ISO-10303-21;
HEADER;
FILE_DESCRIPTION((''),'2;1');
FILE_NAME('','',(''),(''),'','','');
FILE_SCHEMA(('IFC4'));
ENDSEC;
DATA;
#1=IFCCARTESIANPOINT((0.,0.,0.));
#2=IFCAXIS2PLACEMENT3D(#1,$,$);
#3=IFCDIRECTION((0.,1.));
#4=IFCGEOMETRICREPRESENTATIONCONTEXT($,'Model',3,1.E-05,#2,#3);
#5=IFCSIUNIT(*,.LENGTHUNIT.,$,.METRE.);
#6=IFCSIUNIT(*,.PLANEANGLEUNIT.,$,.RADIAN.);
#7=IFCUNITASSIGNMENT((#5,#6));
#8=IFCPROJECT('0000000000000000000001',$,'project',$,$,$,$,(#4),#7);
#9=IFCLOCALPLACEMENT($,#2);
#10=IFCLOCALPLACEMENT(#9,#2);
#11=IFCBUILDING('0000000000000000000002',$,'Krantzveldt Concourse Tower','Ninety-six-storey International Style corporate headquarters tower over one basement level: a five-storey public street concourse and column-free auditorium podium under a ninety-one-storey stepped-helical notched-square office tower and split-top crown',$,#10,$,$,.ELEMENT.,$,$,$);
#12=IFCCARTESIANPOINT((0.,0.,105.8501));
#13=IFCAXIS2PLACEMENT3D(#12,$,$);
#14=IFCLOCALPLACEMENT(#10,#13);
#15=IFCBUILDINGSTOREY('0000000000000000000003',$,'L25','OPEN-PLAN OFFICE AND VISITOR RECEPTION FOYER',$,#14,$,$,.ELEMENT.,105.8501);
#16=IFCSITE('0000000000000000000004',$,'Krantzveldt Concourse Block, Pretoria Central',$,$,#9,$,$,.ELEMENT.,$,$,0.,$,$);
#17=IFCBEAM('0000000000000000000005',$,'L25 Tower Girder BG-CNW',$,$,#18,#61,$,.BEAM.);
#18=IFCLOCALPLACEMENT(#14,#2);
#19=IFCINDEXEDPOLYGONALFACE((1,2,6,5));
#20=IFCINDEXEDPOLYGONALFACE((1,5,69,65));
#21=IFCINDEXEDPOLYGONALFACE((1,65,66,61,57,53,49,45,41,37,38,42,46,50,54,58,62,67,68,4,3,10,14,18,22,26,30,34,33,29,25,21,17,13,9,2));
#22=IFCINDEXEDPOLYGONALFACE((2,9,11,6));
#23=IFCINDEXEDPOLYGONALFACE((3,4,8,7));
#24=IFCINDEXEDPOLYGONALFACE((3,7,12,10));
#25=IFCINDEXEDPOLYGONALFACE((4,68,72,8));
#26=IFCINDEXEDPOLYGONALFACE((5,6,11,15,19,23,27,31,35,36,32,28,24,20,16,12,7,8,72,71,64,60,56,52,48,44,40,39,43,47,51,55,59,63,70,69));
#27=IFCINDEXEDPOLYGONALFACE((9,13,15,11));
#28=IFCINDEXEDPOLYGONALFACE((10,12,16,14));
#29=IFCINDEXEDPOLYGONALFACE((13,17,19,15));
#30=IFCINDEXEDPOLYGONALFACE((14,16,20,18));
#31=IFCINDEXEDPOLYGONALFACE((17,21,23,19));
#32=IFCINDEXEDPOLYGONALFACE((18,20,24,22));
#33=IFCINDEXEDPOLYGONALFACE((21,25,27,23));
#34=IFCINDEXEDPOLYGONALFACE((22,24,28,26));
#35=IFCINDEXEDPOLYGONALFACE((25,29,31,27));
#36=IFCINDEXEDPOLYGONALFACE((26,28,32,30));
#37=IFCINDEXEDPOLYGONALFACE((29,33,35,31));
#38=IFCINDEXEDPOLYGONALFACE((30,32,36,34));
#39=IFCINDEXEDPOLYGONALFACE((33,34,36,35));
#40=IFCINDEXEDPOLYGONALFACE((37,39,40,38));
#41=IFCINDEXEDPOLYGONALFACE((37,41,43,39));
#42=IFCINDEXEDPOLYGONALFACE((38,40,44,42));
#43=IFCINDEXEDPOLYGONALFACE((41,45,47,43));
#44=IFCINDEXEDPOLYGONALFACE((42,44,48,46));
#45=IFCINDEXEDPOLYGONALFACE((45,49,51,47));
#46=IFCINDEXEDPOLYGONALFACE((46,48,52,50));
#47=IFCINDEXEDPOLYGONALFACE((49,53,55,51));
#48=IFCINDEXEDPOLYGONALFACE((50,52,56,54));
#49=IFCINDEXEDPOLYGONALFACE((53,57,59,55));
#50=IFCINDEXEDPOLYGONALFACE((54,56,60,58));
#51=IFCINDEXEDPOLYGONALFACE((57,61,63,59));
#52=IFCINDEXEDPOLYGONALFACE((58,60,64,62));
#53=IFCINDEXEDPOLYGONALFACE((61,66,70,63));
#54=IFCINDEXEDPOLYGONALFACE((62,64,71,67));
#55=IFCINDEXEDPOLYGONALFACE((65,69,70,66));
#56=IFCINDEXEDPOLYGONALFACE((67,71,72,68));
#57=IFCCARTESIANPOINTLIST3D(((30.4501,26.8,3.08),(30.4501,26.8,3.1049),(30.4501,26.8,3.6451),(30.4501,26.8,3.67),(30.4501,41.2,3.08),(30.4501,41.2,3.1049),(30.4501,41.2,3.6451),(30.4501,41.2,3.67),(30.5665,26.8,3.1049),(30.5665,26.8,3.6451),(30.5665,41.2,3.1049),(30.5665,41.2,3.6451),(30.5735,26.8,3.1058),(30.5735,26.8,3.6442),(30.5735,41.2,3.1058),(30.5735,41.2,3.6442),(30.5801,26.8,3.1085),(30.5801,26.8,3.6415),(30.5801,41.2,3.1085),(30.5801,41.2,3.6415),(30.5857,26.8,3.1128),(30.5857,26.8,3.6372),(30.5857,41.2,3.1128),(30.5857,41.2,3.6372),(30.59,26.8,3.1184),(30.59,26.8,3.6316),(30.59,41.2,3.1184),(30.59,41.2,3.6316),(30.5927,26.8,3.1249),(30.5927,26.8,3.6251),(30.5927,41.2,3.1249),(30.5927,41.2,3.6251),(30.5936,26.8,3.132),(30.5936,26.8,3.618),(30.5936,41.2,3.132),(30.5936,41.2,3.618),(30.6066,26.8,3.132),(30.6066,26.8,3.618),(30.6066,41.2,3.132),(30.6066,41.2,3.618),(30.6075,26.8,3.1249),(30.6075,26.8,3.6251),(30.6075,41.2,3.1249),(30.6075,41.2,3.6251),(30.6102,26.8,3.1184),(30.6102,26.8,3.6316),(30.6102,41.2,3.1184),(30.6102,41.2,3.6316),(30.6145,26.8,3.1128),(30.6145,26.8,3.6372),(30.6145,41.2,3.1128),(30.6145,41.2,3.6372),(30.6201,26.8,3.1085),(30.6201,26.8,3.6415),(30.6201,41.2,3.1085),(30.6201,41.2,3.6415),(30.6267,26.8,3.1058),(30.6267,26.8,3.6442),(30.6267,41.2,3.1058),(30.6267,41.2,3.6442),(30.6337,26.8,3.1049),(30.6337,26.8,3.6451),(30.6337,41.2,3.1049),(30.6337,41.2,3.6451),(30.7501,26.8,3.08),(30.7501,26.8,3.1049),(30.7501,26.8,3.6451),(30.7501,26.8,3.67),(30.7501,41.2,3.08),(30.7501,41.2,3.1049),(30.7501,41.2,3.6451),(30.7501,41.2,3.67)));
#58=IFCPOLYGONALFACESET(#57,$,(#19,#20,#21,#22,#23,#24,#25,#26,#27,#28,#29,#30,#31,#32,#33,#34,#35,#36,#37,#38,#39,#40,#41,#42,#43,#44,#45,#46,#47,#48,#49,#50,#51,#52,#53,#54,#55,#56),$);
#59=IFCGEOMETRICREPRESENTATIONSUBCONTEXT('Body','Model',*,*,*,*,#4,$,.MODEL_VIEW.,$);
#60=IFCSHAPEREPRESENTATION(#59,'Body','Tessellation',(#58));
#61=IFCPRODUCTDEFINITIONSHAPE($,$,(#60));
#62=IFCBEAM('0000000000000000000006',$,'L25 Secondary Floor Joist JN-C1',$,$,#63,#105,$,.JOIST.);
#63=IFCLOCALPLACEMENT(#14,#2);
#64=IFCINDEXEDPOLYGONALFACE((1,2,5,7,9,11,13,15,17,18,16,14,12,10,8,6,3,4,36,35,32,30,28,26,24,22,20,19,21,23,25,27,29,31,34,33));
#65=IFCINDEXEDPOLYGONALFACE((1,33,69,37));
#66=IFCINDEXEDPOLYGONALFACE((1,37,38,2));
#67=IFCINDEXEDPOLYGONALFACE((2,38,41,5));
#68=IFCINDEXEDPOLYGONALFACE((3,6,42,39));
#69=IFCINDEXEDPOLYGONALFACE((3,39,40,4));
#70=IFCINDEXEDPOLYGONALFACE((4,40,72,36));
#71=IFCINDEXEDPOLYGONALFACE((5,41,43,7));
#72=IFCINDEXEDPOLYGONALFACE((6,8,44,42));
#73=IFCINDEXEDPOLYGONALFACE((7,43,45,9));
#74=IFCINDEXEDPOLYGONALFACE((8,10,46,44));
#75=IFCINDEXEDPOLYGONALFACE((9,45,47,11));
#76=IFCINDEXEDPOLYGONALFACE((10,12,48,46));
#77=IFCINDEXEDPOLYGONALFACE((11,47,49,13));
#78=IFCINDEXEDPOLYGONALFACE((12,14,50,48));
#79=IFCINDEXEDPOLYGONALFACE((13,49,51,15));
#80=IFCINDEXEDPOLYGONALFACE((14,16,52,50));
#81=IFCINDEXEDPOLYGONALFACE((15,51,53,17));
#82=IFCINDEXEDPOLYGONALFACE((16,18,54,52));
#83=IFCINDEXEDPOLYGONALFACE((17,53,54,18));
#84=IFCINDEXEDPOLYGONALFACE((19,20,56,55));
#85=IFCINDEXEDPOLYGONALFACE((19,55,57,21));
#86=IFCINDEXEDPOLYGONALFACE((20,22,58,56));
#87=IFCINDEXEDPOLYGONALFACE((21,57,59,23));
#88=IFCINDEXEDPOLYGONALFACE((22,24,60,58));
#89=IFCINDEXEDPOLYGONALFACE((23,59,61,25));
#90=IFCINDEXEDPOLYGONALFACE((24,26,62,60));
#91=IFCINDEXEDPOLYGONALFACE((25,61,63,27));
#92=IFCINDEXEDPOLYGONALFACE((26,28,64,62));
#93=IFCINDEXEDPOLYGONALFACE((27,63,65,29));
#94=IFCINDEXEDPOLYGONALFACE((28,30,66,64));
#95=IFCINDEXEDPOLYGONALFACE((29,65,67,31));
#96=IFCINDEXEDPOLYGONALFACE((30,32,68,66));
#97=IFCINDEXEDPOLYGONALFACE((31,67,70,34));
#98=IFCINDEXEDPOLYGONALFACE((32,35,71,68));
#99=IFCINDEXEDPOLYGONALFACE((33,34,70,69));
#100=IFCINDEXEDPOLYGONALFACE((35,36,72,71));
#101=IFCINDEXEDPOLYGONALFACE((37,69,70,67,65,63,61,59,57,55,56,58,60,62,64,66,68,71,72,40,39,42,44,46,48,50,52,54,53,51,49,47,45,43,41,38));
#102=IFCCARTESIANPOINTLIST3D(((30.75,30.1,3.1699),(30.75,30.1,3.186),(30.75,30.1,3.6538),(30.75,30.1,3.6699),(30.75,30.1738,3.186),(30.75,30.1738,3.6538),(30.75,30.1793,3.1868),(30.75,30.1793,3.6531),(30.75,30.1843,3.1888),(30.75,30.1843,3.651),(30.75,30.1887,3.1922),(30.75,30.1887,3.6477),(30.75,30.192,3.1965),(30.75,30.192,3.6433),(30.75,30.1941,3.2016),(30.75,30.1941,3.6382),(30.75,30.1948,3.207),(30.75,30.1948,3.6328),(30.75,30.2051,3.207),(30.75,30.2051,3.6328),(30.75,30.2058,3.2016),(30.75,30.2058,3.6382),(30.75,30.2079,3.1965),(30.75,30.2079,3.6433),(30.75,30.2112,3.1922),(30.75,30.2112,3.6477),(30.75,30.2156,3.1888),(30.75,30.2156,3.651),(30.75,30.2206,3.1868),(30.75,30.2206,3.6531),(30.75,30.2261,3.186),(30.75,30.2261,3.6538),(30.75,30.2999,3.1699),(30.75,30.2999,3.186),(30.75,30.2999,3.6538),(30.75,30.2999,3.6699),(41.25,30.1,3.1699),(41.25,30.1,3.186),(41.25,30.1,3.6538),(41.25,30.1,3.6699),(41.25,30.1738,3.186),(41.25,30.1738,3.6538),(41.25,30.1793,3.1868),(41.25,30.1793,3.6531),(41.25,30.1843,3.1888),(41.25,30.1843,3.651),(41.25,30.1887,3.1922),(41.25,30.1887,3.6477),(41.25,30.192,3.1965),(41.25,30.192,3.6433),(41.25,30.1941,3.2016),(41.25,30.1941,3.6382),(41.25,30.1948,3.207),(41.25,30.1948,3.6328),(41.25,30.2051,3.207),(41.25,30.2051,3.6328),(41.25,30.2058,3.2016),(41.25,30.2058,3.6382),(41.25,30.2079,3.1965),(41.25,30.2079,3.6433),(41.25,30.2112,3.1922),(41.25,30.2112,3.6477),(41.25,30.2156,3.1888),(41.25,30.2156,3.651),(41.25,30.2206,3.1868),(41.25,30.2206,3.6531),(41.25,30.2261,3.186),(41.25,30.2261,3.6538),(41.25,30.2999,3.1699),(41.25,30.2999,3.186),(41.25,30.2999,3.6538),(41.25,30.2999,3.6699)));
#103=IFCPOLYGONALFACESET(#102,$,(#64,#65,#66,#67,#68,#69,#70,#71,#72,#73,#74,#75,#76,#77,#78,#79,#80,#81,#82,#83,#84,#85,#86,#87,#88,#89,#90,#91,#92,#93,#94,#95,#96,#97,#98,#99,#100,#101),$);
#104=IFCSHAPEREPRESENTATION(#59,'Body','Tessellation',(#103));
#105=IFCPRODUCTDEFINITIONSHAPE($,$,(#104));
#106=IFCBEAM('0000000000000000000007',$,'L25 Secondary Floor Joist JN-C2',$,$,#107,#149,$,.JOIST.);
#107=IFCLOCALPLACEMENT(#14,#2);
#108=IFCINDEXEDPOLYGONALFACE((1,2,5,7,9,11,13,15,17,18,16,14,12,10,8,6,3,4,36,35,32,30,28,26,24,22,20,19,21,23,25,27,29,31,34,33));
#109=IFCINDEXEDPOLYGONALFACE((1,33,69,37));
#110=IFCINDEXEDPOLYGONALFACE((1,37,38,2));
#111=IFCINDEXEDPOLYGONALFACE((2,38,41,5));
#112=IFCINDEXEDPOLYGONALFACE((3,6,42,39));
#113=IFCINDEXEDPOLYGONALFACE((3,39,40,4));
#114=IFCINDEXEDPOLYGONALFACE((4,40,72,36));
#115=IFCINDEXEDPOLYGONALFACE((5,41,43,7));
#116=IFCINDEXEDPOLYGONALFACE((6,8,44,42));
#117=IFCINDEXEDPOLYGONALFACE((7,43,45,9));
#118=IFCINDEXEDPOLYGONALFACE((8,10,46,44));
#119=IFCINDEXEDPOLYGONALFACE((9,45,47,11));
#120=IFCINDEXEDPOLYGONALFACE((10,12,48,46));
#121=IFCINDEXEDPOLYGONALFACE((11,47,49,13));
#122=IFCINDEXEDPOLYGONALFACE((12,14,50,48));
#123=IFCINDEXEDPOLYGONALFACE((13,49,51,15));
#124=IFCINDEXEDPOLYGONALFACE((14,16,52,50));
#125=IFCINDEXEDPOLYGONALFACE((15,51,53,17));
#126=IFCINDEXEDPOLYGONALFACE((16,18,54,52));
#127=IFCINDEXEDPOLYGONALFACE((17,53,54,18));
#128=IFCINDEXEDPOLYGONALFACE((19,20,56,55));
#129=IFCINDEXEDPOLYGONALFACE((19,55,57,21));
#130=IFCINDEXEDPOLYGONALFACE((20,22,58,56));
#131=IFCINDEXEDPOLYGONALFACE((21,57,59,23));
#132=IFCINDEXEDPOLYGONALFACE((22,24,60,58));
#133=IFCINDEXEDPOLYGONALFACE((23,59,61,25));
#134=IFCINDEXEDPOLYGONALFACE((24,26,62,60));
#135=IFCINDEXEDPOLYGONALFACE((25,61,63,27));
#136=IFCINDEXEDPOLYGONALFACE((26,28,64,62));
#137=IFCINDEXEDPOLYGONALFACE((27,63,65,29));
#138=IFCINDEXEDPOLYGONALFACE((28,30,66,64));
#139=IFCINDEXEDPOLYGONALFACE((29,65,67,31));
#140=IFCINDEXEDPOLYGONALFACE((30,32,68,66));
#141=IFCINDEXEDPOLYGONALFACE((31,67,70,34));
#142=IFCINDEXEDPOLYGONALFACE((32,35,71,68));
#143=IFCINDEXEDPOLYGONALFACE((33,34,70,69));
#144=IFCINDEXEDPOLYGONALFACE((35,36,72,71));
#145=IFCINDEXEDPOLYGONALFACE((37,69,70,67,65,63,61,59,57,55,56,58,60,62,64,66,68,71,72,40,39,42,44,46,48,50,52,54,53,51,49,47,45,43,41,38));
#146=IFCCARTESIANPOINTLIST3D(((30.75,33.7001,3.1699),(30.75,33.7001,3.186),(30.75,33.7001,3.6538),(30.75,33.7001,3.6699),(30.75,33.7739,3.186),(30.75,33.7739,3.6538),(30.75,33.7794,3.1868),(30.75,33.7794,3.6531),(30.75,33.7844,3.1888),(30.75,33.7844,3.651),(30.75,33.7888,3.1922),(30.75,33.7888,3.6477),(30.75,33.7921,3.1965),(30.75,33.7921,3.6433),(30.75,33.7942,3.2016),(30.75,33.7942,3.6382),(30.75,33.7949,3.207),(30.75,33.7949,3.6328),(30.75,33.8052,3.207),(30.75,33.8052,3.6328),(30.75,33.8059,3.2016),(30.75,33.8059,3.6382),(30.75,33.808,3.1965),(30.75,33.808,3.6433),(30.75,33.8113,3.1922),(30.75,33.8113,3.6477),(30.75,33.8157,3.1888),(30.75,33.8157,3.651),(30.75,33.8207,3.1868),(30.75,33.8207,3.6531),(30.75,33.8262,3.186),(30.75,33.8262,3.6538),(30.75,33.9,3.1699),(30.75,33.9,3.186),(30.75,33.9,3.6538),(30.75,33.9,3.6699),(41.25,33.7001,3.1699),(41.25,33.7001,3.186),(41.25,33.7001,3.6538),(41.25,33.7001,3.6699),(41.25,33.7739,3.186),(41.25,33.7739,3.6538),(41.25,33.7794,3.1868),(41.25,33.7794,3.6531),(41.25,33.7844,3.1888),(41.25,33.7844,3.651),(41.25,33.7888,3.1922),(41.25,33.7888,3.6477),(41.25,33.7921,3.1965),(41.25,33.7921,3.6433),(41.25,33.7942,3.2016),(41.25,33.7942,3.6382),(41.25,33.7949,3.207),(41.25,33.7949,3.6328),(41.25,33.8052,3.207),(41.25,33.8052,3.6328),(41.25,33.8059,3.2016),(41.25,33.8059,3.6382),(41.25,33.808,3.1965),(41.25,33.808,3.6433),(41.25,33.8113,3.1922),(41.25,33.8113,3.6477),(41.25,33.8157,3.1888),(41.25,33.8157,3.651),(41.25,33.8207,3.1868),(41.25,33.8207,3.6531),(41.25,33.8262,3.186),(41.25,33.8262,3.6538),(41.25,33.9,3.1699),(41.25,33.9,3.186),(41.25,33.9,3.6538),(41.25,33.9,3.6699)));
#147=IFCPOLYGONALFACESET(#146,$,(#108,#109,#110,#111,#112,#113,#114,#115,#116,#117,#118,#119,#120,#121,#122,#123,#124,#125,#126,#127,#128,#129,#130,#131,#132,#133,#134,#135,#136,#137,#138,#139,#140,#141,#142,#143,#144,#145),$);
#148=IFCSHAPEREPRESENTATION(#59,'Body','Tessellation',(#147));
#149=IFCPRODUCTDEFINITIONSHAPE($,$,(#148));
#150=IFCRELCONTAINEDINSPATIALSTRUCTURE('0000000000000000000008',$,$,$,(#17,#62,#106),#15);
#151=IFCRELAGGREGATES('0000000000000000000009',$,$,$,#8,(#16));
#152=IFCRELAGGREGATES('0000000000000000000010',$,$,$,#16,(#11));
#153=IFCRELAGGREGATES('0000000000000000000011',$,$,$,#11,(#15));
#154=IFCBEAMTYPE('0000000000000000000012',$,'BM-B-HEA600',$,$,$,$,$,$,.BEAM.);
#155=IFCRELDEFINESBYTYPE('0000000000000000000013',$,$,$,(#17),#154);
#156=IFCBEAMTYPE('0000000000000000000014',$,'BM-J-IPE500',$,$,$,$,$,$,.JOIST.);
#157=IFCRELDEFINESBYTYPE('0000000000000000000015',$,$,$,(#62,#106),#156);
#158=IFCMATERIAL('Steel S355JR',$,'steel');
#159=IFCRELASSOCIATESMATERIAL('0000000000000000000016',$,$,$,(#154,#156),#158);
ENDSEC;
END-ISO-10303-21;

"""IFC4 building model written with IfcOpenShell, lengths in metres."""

from ifc_helpers import new_model, si_unit, direction, frame, origin, origin_2d, place, context, subcontext, project, spatial, i_section, extrude, source, transform, mapped, material, material_profile, profile_set, type_object, type_shapes, element, save


model = new_model("IFC4")

# Units and contexts
model_context = context("Model", 3, precision=1e-05, world=origin(), true_north=direction((0.0, 1.0)))
body_context = subcontext(model_context, "Body", "Model", "MODEL_VIEW")
ifc_project = project(units=[si_unit("LENGTHUNIT", "METRE"), si_unit("PLANEANGLEUNIT", "RADIAN")], contexts=[model_context])

# Site, building, storey
site_placement = place(None, origin())
site = spatial("IfcSite", under=ifc_project, at=site_placement, Name="Krantzveldt Concourse Block, Pretoria Central", CompositionType="ELEMENT", RefElevation=0.0)
building_placement = place(site_placement, origin())
building = spatial("IfcBuilding", under=site, at=building_placement, Name="Krantzveldt Concourse Tower", Description="Ninety-six-storey International Style corporate headquarters tower over one basement level: a five-storey public street concourse and column-free auditorium podium under a ninety-one-storey stepped-helical notched-square office tower and split-top crown", CompositionType="ELEMENT")
storey_placement = place(building_placement, frame((0.0, 0.0, 105.8501)))
storey = spatial("IfcBuildingStorey", under=building, at=storey_placement, Name="L25", Description="OPEN-PLAN OFFICE AND VISITOR RECEPTION FOYER", CompositionType="ELEMENT", Elevation=105.8501)

# Beams
ifc_material_1 = material(Name="Steel S355JR", Category="steel")
ifc_material_profile_1 = material_profile(ifc_material_1, i_section(OverallWidth=0.3, OverallDepth=0.5901, WebThickness=0.0129, FlangeThickness=0.0249, FilletRadius=0.0271, at=origin_2d()), Name="Steel S355JR", Category="steel")
ifc_profile_set_1 = profile_set([ifc_material_profile_1], Name="Steel S355JR - HEA 600")
beam_type_1 = type_object("IfcBeamType", Name="BM-B-HEA600", PredefinedType="BEAM", material=ifc_profile_set_1)
shared_shape_1 = source(origin(), body_context, "Body", "SweptSolid", [
    extrude(i_section(OverallWidth=0.3, OverallDepth=0.5901, WebThickness=0.0129, FlangeThickness=0.0249, FilletRadius=0.0271, at=origin_2d()), origin(), (0.0, 0.0, 1.0), 14.3999),
])
type_shapes(beam_type_1, [shared_shape_1])
beam_1_placement = place(storey_placement, frame((30.6001, 26.8, 3.375), z_axis=(0.0, 1.0, 0.0), x_axis=(-1.0, 0.0, 0.0)))
element("IfcBeam", 1, at=beam_1_placement, inside=storey, type_object=beam_type_1, Name="L25 Tower Girder BG-CNW", PredefinedType="BEAM", context=body_context, shape_type="MappedRepresentation", body=[
    mapped(shared_shape_1, transform((0.0, 0.0, 0.0), x_axis=(1.0, 0.0, 0.0), y_axis=(0.0, 1.0, 0.0), z_axis=(0.0, 0.0, 1.0), scale=1.0)),
])
ifc_material_profile_2 = material_profile(ifc_material_1, i_section(OverallWidth=0.2, OverallDepth=0.5, WebThickness=0.0103, FlangeThickness=0.0161, FilletRadius=0.021, at=origin_2d()), Name="Steel S355JR", Category="steel")
ifc_profile_set_2 = profile_set([ifc_material_profile_2], Name="Steel S355JR - IPE 500")
beam_type_2 = type_object("IfcBeamType", Name="BM-J-IPE500", PredefinedType="JOIST", material=ifc_profile_set_2)
shared_shape_2 = source(origin(), body_context, "Body", "SweptSolid", [
    extrude(i_section(OverallWidth=0.2, OverallDepth=0.5, WebThickness=0.0103, FlangeThickness=0.0161, FilletRadius=0.021, at=origin_2d()), origin(), (0.0, 0.0, 1.0), 10.5),
])
type_shapes(beam_type_2, [shared_shape_2])
for number, where, z_axis, x_axis, name in (
    (2, (30.75, 30.2, 3.4199), (1.0, 0.0, 0.0), (0.0, 1.0, 0.0), "L25 Secondary Floor Joist JN-C1"),
    (3, (30.75, 33.8, 3.4199), (1.0, 0.0, 0.0), (0.0, 1.0, 0.0), "L25 Secondary Floor Joist JN-C2"),
):
    element("IfcBeam", number, at=place(storey_placement, frame(where, z_axis=z_axis, x_axis=x_axis)), inside=storey, type_object=beam_type_2, Name=name, PredefinedType="JOIST", context=body_context, shape_type="MappedRepresentation", body=[
        mapped(shared_shape_2, transform((0.0, 0.0, 0.0), x_axis=(1.0, 0.0, 0.0), y_axis=(0.0, 1.0, 0.0), z_axis=(0.0, 0.0, 1.0), scale=1.0)),
    ])

save(model, "model.ifc")
